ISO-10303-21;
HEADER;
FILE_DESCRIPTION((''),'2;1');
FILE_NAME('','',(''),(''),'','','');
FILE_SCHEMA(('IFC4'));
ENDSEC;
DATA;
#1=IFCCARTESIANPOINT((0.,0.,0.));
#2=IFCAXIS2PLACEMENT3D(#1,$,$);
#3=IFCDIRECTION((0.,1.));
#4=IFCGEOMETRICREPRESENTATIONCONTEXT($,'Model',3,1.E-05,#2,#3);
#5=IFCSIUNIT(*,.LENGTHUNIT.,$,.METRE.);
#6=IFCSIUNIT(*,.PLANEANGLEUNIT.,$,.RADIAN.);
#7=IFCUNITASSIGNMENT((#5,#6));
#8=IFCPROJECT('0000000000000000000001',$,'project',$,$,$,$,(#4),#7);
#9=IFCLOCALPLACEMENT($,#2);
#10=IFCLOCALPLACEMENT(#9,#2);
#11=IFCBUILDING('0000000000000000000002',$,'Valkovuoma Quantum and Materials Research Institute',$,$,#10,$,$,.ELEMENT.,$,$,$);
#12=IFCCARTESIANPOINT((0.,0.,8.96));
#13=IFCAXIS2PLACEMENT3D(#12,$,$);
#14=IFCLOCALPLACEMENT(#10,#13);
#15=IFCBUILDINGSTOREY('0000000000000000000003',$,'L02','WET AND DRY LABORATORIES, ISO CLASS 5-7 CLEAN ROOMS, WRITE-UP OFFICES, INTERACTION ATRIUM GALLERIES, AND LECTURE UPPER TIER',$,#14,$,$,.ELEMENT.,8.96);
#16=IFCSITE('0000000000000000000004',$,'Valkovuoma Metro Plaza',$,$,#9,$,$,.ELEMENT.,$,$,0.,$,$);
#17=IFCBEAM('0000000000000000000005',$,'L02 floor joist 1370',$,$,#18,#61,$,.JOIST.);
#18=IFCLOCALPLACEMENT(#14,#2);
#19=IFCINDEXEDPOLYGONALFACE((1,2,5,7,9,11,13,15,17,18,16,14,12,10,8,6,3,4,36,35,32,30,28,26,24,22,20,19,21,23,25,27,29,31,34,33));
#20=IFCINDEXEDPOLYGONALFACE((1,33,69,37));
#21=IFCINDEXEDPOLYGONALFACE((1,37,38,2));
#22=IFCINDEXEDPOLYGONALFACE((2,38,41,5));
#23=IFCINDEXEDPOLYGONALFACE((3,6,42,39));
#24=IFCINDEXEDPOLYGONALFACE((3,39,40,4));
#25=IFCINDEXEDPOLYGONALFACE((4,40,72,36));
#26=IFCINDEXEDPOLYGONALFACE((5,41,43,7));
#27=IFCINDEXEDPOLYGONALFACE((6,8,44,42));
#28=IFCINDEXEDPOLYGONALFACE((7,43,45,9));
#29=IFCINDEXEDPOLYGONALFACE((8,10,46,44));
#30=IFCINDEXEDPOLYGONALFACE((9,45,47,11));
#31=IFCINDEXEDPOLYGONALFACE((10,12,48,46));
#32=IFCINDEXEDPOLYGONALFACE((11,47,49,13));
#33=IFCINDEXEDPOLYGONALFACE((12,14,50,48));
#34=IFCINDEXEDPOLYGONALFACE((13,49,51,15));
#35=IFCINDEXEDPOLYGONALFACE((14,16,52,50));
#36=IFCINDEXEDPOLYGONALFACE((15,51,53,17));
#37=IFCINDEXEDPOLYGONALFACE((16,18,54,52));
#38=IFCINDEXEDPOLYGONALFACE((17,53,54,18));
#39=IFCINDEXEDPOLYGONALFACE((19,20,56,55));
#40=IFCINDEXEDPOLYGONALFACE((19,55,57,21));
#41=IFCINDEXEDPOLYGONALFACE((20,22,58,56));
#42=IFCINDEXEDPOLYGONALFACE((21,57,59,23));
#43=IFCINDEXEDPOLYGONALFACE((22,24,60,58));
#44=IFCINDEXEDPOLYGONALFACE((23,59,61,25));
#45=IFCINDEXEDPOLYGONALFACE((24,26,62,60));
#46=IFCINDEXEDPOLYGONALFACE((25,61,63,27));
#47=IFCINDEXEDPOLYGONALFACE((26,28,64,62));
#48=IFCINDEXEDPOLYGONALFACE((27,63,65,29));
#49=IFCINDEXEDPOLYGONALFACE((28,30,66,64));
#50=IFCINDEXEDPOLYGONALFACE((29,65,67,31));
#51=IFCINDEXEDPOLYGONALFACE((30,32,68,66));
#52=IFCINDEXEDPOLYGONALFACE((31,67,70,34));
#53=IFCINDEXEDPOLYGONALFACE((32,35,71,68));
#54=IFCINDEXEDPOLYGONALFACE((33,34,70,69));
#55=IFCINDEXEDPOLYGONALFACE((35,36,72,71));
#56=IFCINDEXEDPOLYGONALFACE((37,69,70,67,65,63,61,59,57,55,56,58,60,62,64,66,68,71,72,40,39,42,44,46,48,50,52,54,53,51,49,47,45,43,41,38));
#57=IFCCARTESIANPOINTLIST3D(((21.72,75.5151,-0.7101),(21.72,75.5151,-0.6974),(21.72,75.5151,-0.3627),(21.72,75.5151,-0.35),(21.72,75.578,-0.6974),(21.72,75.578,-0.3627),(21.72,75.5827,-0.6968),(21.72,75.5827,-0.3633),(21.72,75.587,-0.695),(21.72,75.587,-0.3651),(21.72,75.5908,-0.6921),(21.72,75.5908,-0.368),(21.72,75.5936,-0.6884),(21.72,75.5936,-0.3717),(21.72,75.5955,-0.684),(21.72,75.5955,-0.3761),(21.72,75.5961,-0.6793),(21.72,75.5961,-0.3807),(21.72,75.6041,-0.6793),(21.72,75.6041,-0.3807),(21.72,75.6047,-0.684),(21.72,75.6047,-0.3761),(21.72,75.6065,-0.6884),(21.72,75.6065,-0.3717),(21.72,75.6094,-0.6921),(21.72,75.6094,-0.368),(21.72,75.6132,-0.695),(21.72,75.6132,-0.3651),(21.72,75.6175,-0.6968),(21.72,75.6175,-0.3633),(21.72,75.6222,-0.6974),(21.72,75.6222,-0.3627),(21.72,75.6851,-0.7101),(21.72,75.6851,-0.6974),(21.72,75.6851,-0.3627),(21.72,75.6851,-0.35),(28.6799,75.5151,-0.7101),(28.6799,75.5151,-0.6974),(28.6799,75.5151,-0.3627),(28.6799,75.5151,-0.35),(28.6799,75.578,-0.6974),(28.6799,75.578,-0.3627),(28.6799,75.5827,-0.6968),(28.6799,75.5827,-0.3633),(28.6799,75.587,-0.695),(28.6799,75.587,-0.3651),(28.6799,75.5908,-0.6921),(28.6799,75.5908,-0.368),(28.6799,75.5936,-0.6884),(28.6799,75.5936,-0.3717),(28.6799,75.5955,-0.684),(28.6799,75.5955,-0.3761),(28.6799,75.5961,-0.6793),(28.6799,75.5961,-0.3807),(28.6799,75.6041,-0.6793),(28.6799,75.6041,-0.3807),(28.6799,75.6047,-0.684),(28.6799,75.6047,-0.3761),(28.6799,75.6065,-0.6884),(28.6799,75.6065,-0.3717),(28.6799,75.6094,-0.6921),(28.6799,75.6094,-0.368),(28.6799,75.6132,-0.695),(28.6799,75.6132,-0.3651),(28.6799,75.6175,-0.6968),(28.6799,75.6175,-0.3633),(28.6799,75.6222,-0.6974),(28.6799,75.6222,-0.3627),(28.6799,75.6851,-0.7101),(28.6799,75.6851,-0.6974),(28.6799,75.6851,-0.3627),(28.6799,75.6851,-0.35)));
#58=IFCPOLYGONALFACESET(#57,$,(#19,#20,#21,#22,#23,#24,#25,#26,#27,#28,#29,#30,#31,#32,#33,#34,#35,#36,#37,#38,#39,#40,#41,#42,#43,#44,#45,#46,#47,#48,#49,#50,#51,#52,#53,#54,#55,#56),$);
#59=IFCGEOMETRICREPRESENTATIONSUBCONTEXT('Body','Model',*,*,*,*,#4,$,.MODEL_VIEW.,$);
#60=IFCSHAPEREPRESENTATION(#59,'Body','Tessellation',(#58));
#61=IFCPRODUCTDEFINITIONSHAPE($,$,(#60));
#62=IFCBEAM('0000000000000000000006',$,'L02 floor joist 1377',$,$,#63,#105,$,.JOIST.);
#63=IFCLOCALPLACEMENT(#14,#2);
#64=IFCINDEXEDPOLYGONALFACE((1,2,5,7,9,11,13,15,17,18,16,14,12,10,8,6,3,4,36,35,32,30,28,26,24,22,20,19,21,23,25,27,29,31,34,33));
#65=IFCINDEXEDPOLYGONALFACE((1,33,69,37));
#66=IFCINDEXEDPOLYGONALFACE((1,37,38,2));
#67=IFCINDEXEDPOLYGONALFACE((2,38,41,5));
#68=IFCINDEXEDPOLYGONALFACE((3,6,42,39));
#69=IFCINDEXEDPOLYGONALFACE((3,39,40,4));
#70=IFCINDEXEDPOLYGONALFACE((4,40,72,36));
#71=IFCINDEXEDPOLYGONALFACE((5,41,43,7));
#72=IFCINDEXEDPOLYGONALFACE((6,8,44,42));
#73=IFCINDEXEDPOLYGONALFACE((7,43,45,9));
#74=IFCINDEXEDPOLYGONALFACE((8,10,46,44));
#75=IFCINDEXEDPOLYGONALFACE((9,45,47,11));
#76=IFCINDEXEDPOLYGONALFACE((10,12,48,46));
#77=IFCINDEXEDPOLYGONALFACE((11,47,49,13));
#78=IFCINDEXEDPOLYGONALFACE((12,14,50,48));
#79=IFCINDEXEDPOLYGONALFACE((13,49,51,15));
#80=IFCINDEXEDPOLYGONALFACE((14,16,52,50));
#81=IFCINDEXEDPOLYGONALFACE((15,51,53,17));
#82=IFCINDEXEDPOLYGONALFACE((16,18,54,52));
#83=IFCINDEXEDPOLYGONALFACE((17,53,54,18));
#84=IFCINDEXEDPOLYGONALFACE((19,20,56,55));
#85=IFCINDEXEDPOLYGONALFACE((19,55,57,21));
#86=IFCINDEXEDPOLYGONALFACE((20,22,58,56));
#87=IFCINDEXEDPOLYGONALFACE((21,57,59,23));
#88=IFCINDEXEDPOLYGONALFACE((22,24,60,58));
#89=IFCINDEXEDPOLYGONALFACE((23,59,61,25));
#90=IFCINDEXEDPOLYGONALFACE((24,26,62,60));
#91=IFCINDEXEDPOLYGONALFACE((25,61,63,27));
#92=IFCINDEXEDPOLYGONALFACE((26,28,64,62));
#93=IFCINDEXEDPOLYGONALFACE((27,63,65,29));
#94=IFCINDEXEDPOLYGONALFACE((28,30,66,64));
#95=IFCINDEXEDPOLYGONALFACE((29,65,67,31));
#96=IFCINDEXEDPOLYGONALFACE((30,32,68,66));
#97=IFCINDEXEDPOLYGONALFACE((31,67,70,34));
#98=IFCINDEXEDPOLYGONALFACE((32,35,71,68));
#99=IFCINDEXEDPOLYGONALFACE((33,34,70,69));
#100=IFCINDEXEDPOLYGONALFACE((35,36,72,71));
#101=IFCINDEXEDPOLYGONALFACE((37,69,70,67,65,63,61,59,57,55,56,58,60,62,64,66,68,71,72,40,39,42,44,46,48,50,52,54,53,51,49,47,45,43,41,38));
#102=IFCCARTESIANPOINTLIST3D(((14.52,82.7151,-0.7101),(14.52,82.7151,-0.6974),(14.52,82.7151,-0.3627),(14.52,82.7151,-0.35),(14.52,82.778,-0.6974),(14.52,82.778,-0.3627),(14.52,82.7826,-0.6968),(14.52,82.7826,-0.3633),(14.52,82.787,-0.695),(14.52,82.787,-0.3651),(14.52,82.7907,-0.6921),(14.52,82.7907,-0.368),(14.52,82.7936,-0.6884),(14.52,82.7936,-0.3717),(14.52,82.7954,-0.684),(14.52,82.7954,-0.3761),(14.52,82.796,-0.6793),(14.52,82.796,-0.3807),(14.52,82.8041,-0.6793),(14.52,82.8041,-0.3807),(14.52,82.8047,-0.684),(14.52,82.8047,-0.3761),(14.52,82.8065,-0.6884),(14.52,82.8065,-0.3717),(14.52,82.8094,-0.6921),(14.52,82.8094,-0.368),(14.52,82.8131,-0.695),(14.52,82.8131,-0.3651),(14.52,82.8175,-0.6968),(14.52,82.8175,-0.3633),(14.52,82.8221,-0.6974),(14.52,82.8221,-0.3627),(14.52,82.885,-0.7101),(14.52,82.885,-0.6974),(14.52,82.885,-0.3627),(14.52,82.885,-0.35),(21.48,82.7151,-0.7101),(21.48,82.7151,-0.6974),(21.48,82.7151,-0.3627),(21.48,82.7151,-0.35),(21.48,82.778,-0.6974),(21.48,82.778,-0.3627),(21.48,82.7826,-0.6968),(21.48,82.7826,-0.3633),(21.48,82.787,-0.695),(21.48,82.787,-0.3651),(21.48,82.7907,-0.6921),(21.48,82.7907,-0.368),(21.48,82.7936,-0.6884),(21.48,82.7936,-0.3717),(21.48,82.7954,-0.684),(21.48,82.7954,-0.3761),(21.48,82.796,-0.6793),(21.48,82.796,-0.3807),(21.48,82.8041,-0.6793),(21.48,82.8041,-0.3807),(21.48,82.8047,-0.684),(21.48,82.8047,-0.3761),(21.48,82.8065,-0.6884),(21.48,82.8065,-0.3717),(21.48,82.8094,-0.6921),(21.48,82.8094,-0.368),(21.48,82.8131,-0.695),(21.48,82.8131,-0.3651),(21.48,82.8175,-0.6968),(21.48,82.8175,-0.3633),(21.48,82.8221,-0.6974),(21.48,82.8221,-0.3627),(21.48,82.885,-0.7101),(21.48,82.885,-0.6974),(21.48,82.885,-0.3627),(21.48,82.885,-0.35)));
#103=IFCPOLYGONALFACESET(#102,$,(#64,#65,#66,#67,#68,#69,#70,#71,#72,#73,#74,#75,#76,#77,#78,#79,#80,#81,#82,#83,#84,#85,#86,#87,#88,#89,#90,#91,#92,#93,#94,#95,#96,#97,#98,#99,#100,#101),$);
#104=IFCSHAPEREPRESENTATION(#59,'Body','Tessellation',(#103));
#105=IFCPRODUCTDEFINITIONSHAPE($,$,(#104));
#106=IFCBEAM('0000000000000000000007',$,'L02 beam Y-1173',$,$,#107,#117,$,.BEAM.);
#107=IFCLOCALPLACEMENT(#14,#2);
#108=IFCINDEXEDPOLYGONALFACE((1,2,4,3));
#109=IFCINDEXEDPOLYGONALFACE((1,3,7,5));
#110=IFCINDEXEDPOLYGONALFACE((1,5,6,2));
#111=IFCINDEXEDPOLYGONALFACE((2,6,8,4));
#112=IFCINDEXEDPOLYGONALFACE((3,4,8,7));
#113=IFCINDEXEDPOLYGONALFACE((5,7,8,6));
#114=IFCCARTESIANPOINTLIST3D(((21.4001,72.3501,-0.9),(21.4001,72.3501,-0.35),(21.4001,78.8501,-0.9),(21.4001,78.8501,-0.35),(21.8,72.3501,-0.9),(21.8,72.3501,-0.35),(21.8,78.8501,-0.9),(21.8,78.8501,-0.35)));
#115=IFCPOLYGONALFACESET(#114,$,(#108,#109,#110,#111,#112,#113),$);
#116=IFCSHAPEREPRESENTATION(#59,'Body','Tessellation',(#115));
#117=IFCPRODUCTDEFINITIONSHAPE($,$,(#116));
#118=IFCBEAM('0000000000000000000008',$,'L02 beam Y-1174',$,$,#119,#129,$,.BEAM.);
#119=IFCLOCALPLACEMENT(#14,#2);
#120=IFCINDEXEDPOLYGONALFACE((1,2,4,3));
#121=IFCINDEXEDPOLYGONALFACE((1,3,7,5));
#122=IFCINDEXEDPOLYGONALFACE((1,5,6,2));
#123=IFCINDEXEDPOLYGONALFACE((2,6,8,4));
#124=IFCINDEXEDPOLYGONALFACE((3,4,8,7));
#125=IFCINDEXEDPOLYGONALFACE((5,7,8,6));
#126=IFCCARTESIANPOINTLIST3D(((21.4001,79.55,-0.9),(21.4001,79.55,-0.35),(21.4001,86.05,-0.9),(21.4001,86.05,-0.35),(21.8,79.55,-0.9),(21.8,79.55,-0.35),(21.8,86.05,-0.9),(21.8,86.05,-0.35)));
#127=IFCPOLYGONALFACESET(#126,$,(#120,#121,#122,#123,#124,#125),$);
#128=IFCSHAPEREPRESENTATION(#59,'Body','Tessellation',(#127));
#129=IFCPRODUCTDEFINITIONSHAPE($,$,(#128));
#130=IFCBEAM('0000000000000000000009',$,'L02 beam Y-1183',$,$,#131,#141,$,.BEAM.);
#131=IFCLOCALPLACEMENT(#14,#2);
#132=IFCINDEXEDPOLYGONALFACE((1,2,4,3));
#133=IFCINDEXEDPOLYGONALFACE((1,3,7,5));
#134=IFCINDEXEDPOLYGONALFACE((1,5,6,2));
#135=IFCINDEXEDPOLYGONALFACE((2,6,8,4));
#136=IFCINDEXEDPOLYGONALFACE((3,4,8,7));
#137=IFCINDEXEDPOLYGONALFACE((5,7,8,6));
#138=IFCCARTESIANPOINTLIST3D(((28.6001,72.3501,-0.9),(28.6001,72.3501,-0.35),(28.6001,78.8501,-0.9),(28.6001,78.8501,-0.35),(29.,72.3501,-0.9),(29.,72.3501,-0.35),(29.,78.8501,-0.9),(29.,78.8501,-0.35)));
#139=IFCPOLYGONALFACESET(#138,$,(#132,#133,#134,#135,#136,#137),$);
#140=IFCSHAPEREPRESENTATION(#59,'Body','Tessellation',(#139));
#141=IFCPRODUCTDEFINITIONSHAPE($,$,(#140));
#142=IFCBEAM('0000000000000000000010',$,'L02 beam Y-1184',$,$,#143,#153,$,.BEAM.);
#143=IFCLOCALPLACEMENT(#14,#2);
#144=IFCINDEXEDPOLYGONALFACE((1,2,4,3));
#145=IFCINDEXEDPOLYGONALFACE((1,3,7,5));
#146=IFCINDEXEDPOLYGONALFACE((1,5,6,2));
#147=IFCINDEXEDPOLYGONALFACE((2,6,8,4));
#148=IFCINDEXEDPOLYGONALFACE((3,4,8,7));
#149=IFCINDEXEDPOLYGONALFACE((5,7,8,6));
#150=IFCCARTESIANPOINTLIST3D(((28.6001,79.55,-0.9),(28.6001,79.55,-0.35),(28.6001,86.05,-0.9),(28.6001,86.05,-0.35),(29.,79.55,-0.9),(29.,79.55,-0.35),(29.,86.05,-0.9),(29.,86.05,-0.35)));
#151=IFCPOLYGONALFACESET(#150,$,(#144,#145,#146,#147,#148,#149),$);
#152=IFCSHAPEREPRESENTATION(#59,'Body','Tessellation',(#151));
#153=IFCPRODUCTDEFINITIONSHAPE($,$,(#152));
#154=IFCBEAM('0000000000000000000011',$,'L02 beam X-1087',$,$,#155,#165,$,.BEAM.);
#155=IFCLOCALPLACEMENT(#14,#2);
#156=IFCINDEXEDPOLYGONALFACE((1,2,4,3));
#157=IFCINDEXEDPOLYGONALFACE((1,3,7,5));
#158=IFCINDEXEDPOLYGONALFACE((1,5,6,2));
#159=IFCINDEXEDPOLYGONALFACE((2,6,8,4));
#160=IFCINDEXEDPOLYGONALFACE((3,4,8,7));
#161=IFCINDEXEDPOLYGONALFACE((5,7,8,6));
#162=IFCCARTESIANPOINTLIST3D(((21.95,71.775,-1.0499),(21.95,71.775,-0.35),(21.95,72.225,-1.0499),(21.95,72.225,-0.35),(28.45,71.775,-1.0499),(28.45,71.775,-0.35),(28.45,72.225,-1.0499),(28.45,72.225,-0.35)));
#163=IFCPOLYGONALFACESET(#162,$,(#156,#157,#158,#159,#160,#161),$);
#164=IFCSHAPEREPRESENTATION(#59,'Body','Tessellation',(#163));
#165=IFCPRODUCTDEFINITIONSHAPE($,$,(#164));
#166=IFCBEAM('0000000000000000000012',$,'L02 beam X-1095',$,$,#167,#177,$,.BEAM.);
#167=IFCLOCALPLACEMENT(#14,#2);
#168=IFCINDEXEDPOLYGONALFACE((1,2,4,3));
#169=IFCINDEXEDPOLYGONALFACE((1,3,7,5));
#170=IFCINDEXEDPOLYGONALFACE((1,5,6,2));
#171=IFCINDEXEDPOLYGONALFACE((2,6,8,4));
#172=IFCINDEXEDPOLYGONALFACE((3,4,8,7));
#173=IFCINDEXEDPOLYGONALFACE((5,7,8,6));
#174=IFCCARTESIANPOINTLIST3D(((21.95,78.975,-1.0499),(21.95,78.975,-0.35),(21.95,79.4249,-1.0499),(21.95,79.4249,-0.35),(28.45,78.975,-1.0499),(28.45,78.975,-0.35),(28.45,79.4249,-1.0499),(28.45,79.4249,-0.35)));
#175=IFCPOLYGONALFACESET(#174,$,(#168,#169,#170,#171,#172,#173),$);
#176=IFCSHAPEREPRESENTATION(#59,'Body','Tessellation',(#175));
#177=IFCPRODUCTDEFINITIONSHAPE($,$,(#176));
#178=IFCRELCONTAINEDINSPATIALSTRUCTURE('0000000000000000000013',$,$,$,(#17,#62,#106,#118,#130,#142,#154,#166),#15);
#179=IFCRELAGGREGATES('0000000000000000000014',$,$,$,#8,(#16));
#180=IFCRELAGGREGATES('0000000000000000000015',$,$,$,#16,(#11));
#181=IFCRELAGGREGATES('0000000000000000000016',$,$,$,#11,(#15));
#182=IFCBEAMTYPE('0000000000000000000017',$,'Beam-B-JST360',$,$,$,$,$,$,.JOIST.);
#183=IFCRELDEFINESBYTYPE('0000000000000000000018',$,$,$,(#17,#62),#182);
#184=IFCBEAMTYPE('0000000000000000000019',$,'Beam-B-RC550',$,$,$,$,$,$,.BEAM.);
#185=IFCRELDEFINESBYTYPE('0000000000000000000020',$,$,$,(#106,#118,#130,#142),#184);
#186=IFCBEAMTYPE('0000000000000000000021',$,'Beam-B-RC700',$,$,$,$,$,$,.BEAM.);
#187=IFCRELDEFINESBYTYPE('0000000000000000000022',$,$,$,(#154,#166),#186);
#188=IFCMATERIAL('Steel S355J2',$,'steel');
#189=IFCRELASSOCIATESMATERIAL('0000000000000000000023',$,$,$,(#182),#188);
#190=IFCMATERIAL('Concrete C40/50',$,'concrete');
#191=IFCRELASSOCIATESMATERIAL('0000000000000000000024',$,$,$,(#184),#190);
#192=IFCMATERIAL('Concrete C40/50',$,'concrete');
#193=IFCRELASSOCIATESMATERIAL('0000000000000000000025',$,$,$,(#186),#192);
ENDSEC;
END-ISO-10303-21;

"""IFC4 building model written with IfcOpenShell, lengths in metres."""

from ifc_helpers import new_model, si_unit, direction, frame, origin, origin_2d, place, context, subcontext, project, spatial, rectangle, i_section, extrude, material, material_profile, profile_set, type_object, element, save


model = new_model("IFC4")

# Units and contexts
model_context = context("Model", 3, precision=1e-05, world=origin(), true_north=direction((0.0, 1.0)))
body_context = subcontext(model_context, "Body", "Model", "MODEL_VIEW")
ifc_project = project(units=[si_unit("LENGTHUNIT", "METRE"), si_unit("PLANEANGLEUNIT", "RADIAN")], contexts=[model_context])

# Site, building, storey
site_placement = place(None, origin())
site = spatial("IfcSite", under=ifc_project, at=site_placement, Name="Valkovuoma Metro Plaza", CompositionType="ELEMENT", RefElevation=0.0)
building_placement = place(site_placement, origin())
building = spatial("IfcBuilding", under=site, at=building_placement, Name="Valkovuoma Quantum and Materials Research Institute", CompositionType="ELEMENT")
storey_placement = place(building_placement, frame((0.0, 0.0, 8.96)))
storey = spatial("IfcBuildingStorey", under=building, at=storey_placement, Name="L02", Description="WET AND DRY LABORATORIES, ISO CLASS 5-7 CLEAN ROOMS, WRITE-UP OFFICES, INTERACTION ATRIUM GALLERIES, AND LECTURE UPPER TIER", CompositionType="ELEMENT", Elevation=8.96)

# Beams
ifc_material_1 = material(Name="Steel S355J2", Category="steel")
ifc_material_profile_1 = material_profile(ifc_material_1, i_section(OverallWidth=0.1699, OverallDepth=0.3601, WebThickness=0.0081, FlangeThickness=0.0127, FilletRadius=0.0181, at=origin_2d()), Name="Steel S355J2")
ifc_profile_set_1 = profile_set([ifc_material_profile_1], Name="Steel S355J2")
beam_type_1 = type_object("IfcBeamType", Name="Beam-B-JST360", PredefinedType="JOIST", material=ifc_profile_set_1)
for number, where, z_axis, x_axis, name in (
    (1, (21.72, 75.6001, -0.53), (1.0, 0.0, 0.0), (0.0, 1.0, 0.0), "L02 floor joist 1370"),
    (2, (14.52, 82.8, -0.53), (1.0, 0.0, 0.0), (0.0, 1.0, 0.0), "L02 floor joist 1377"),
):
    element("IfcBeam", number, at=place(storey_placement, frame(where, z_axis=z_axis, x_axis=x_axis)), inside=storey, type_object=beam_type_1, Name=name, PredefinedType="JOIST", context=body_context, shape_type="SweptSolid", body=[
        extrude(i_section(OverallWidth=0.1699, OverallDepth=0.3601, WebThickness=0.0081, FlangeThickness=0.0127, FilletRadius=0.0181, at=origin_2d()), origin(), (0.0, 0.0, 1.0), 6.96),
    ])
ifc_material_2 = material(Name="Concrete C40/50", Category="concrete")
ifc_material_profile_2 = material_profile(ifc_material_2, rectangle(XDim=0.3999, YDim=0.55, at=origin_2d()), Name="Concrete C40/50")
ifc_profile_set_2 = profile_set([ifc_material_profile_2], Name="Concrete C40/50")
beam_type_2 = type_object("IfcBeamType", Name="Beam-B-RC550", PredefinedType="BEAM", material=ifc_profile_set_2)
for number, where, z_axis, x_axis, name in (
    (3, (21.6001, 72.3501, -0.625), (0.0, 1.0, 0.0), (-1.0, 0.0, 0.0), "L02 beam Y-1173"),
    (4, (21.6001, 79.55, -0.625), (0.0, 1.0, 0.0), (-1.0, 0.0, 0.0), "L02 beam Y-1174"),
    (5, (28.8, 72.3501, -0.625), (0.0, 1.0, 0.0), (-1.0, 0.0, 0.0), "L02 beam Y-1183"),
    (6, (28.8, 79.55, -0.625), (0.0, 1.0, 0.0), (-1.0, 0.0, 0.0), "L02 beam Y-1184"),
):
    element("IfcBeam", number, at=place(storey_placement, frame(where, z_axis=z_axis, x_axis=x_axis)), inside=storey, type_object=beam_type_2, Name=name, PredefinedType="BEAM", context=body_context, shape_type="SweptSolid", body=[
        extrude(rectangle(XDim=0.3999, YDim=0.55, at=origin_2d()), origin(), (0.0, 0.0, 1.0), 6.5),
    ])
ifc_material_3 = material(Name="Concrete C40/50", Category="concrete")
ifc_material_profile_3 = material_profile(ifc_material_3, rectangle(XDim=0.45, YDim=0.7, at=origin_2d()), Name="Concrete C40/50")
ifc_profile_set_3 = profile_set([ifc_material_profile_3], Name="Concrete C40/50")
beam_type_3 = type_object("IfcBeamType", Name="Beam-B-RC700", PredefinedType="BEAM", material=ifc_profile_set_3)
for number, where, z_axis, x_axis, name in (
    (7, (21.95, 72.0, -0.7), (1.0, 0.0, 0.0), (0.0, 1.0, 0.0), "L02 beam X-1087"),
    (8, (21.95, 79.2, -0.7), (1.0, 0.0, 0.0), (0.0, 1.0, 0.0), "L02 beam X-1095"),
):
    element("IfcBeam", number, at=place(storey_placement, frame(where, z_axis=z_axis, x_axis=x_axis)), inside=storey, type_object=beam_type_3, Name=name, PredefinedType="BEAM", context=body_context, shape_type="SweptSolid", body=[
        extrude(rectangle(XDim=0.45, YDim=0.7, at=origin_2d()), origin(), (0.0, 0.0, 1.0), 6.5),
    ])

save(model, "model.ifc")
